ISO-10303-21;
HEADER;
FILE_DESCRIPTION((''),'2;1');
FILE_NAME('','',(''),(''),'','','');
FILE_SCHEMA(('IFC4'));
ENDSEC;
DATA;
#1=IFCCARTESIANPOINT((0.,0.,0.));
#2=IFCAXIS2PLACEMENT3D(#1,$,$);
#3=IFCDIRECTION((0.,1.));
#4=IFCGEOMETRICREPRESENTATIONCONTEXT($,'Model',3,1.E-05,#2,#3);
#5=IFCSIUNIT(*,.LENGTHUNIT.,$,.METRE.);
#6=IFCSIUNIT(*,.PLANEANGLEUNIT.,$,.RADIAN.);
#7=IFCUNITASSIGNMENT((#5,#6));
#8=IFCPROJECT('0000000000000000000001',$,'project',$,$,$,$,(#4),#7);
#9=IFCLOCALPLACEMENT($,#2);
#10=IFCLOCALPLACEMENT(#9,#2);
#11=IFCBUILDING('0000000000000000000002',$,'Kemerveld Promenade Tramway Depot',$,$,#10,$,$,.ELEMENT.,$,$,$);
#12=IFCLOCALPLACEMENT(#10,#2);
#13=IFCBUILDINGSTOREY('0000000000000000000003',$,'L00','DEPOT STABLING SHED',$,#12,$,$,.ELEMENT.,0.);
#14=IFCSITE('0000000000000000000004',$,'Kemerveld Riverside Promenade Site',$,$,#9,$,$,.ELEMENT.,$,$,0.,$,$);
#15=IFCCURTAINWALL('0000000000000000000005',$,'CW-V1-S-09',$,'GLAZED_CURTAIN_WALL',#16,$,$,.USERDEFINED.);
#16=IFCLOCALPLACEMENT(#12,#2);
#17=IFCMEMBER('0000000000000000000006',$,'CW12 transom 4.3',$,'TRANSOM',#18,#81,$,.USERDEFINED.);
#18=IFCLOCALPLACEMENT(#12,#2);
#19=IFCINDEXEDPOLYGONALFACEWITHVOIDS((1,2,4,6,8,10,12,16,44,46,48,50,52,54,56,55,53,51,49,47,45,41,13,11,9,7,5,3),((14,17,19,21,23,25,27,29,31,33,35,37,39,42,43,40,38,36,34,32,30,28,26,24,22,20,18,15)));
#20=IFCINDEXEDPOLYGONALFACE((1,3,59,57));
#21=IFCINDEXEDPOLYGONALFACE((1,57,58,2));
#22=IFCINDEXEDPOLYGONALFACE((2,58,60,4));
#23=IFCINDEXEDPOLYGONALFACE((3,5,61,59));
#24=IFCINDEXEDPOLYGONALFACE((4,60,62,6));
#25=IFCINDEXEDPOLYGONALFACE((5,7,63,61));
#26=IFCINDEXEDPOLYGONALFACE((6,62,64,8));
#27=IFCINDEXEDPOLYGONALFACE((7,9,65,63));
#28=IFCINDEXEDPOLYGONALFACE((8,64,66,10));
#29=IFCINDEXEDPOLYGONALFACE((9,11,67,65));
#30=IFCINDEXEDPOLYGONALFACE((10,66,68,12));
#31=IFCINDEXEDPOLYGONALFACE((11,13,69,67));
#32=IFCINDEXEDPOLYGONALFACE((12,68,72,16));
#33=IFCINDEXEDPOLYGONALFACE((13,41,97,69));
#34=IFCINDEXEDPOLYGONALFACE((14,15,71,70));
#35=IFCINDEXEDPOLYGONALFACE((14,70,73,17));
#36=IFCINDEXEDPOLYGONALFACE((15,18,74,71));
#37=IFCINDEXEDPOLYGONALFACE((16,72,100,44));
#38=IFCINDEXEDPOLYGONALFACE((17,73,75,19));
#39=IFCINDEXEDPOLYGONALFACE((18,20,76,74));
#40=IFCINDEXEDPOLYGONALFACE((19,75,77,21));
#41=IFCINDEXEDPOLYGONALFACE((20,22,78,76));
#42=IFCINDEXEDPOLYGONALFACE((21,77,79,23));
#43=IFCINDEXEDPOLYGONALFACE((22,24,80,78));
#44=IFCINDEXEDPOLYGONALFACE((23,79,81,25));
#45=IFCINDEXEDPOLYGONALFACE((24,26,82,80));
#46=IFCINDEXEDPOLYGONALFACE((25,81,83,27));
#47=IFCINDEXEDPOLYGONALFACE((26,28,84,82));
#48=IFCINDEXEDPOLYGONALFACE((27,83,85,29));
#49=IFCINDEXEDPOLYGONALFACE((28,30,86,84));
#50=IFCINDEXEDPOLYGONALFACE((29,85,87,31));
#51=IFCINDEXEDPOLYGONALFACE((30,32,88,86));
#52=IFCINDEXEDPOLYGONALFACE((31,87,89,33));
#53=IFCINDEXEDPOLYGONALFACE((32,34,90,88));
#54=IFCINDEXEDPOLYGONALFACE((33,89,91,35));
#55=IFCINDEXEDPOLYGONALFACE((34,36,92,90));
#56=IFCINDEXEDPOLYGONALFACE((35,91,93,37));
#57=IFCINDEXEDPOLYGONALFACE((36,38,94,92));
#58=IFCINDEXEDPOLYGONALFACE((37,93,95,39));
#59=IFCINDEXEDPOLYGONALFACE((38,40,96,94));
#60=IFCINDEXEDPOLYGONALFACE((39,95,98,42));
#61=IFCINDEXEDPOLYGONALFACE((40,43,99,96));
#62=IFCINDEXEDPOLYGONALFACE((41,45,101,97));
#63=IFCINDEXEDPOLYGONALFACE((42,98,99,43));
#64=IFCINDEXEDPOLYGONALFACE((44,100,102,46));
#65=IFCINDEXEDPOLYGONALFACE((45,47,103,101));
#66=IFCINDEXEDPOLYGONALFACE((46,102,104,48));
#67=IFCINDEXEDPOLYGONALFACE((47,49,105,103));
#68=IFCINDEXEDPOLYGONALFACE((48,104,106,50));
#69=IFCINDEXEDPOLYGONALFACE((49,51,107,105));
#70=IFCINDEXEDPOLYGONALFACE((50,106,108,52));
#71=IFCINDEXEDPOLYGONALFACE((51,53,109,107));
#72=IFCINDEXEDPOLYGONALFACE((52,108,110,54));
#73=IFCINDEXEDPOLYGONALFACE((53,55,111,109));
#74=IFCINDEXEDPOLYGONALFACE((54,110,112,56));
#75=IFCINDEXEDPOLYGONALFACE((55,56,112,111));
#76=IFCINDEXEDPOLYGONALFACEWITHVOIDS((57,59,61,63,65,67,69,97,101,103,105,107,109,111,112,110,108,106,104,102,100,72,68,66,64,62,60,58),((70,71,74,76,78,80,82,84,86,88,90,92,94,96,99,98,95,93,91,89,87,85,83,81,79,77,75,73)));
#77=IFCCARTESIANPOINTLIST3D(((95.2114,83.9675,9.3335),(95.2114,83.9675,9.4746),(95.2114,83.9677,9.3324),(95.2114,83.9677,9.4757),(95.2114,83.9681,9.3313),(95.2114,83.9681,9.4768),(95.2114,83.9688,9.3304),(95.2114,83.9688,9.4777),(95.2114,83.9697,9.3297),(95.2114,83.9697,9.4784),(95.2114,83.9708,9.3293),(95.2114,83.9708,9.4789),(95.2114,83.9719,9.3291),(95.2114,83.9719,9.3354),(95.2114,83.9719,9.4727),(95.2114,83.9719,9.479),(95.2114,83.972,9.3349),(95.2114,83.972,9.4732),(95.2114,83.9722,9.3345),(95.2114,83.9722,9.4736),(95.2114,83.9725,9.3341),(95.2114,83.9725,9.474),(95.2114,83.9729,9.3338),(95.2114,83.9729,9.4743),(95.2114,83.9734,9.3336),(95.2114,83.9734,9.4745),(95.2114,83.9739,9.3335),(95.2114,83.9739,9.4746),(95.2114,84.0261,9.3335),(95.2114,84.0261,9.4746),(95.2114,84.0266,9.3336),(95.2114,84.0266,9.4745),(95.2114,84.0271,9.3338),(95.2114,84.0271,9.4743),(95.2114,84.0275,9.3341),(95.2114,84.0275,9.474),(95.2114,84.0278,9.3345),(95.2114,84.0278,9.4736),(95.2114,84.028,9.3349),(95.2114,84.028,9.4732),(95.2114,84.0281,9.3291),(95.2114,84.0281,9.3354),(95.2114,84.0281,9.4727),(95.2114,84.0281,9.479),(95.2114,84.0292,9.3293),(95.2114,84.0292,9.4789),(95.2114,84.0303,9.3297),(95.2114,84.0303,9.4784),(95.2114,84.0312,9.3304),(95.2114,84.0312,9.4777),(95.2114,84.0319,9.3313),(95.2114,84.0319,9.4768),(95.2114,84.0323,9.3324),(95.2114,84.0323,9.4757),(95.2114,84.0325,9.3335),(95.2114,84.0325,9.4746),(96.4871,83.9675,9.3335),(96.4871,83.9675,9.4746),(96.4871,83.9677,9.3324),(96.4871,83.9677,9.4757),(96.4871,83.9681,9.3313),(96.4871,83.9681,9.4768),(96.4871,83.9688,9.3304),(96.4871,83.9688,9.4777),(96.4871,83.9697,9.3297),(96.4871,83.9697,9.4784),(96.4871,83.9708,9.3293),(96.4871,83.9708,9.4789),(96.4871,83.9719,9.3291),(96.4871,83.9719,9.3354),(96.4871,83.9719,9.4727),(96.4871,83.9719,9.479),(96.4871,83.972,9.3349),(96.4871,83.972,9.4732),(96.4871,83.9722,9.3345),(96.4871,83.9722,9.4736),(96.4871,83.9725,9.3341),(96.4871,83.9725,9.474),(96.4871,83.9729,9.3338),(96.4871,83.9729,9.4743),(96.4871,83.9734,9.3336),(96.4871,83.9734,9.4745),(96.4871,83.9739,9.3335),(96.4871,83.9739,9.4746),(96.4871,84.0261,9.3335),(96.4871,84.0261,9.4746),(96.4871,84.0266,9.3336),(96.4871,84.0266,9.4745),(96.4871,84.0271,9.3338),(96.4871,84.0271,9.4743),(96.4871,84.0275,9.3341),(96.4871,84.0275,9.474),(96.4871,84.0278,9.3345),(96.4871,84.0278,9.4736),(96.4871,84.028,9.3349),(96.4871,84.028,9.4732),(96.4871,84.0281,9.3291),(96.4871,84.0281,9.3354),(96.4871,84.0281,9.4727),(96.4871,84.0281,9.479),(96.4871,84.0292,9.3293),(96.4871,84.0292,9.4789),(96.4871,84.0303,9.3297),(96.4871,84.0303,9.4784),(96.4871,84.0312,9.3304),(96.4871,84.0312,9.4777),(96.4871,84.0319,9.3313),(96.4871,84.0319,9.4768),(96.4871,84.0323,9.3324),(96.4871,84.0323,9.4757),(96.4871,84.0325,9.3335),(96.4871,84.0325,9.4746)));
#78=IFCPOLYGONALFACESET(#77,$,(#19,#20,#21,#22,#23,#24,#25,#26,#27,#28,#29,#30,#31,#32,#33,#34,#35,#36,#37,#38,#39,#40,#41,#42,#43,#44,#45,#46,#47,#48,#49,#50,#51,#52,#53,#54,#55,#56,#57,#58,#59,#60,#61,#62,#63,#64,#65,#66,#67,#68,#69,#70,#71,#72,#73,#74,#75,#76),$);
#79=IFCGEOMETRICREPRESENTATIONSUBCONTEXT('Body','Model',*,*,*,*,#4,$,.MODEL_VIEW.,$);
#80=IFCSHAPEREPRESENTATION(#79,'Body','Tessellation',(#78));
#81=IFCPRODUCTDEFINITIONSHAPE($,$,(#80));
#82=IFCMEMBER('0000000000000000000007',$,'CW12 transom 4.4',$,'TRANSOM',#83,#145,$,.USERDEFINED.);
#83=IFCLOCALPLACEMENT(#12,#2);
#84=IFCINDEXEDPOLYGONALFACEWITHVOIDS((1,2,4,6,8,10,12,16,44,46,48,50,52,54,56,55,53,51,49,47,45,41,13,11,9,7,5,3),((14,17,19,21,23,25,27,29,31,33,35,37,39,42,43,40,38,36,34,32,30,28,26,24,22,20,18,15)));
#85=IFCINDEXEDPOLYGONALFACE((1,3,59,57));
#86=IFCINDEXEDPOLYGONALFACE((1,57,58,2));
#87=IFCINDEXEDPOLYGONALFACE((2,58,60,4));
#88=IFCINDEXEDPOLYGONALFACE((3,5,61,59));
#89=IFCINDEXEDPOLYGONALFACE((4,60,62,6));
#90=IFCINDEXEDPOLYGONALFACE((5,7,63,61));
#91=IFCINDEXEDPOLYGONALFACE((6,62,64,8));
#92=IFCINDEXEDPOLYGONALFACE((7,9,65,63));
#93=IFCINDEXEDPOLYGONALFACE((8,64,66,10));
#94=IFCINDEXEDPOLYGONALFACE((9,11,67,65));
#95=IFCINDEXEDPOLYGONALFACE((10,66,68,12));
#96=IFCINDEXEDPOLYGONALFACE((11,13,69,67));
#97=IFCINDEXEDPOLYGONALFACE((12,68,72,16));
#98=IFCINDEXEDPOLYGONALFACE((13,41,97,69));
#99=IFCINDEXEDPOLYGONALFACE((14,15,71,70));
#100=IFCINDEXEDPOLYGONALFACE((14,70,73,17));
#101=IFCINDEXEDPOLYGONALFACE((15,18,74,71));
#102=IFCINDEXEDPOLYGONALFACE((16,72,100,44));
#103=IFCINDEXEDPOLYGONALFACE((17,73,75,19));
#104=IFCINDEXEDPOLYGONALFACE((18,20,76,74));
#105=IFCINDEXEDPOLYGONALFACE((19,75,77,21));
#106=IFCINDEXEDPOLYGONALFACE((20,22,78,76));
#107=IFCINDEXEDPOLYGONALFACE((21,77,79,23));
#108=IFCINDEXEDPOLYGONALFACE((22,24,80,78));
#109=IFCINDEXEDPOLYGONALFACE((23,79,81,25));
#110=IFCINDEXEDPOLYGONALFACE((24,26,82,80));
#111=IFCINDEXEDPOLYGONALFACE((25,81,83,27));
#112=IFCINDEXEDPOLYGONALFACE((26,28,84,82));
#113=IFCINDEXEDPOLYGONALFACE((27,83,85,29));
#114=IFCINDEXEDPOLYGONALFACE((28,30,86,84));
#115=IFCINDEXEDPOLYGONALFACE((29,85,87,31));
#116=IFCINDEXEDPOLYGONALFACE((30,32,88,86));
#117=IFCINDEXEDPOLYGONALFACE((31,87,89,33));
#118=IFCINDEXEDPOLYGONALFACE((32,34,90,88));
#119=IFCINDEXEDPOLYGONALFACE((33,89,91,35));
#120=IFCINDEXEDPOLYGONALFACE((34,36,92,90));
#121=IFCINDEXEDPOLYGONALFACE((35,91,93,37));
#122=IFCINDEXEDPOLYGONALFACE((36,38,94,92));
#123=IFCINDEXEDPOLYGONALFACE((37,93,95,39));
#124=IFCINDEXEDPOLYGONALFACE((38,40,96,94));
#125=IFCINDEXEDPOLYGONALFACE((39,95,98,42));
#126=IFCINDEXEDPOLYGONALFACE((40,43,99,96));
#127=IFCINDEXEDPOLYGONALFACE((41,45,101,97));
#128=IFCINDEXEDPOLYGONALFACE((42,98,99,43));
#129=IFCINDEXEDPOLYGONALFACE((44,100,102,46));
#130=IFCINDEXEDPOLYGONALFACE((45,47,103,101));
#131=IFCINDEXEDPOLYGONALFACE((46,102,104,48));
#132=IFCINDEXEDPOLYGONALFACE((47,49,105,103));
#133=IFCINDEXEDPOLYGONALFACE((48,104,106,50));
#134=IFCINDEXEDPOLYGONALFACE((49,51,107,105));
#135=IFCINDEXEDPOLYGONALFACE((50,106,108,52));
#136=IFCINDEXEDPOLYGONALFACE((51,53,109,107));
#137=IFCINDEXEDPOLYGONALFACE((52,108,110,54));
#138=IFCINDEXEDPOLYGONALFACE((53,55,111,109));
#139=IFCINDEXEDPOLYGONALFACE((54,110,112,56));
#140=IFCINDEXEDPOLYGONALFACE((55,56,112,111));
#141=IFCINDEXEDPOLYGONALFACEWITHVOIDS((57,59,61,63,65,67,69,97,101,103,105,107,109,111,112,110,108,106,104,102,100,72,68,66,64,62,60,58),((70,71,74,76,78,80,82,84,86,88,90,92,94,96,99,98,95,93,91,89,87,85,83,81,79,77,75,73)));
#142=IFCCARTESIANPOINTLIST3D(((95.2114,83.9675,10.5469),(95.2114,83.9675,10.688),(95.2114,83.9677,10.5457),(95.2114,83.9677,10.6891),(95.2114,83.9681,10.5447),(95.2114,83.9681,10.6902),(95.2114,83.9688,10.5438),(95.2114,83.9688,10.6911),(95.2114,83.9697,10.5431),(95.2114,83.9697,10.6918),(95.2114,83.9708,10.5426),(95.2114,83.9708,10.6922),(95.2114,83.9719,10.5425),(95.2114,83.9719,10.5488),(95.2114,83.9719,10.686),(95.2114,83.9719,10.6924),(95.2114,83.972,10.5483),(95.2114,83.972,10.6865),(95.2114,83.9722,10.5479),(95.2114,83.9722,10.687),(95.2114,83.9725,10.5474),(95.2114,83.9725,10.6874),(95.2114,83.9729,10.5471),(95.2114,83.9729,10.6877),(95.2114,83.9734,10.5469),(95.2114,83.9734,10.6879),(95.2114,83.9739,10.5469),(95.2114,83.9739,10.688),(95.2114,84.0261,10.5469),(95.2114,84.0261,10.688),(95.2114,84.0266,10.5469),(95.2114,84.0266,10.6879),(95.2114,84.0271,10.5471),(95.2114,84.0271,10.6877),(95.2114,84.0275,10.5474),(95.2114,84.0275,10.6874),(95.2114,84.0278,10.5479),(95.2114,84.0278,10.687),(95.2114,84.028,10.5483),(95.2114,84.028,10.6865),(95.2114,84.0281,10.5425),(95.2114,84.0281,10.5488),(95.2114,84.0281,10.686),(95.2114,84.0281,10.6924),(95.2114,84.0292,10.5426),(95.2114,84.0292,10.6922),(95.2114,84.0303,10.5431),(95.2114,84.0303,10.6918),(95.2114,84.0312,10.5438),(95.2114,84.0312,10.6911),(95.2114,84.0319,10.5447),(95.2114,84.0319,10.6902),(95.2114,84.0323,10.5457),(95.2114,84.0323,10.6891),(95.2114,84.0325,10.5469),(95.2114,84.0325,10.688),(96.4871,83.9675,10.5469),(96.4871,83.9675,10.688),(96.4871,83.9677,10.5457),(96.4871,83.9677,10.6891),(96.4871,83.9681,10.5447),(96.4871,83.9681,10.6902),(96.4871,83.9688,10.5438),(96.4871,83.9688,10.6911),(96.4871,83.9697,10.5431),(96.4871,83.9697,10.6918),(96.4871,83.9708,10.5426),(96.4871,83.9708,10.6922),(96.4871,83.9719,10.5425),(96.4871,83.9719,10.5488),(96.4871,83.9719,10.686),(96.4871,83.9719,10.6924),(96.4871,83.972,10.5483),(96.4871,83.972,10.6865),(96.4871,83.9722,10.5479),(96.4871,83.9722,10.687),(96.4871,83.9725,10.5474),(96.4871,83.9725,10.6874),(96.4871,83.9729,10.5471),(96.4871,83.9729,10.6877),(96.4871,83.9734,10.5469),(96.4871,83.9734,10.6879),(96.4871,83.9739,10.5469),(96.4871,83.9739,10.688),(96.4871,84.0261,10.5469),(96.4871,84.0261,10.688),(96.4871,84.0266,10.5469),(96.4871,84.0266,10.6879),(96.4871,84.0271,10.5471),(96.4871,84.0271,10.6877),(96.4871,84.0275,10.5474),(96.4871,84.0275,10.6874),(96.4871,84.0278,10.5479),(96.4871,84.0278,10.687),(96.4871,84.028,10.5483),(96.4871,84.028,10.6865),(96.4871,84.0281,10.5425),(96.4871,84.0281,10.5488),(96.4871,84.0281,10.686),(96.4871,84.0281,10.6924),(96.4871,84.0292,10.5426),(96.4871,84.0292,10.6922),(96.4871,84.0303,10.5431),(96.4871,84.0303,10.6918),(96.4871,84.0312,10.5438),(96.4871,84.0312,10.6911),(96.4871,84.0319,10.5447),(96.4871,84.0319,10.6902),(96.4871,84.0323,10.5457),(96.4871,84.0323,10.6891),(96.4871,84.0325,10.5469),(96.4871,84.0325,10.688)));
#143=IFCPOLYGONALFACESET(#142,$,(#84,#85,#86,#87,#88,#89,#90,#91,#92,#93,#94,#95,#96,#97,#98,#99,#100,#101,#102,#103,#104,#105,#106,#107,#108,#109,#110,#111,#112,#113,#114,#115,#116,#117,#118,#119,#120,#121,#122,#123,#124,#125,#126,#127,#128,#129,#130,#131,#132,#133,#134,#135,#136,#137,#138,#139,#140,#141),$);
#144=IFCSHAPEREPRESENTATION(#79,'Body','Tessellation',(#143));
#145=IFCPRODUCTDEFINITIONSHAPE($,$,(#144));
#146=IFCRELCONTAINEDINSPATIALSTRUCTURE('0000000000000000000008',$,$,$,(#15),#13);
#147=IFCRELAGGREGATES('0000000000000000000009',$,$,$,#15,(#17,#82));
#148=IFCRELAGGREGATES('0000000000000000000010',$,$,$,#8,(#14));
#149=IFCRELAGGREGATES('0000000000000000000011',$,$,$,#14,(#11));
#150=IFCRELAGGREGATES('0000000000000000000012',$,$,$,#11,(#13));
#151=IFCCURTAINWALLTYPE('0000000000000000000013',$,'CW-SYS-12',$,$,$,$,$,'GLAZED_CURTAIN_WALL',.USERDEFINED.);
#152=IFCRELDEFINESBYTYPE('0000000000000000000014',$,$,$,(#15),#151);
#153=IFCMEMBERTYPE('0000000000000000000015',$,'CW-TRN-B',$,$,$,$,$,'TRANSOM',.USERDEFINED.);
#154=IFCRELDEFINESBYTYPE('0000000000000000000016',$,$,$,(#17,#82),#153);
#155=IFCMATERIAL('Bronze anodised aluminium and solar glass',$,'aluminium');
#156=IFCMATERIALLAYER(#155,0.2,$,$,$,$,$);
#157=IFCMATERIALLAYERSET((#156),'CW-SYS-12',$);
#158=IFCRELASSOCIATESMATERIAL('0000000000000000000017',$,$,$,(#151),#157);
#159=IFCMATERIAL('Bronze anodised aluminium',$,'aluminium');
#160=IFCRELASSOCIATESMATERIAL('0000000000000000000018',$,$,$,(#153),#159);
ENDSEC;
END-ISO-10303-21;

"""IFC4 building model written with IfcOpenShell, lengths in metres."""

from ifc_helpers import new_model, si_unit, direction, frame, origin, origin_2d, place, context, subcontext, project, spatial, hollow_rectangle, extrude, material, layer, layer_set, material_profile, profile_set, type_object, element, aggregate, save


model = new_model("IFC4")

# Units and contexts
model_context = context("Model", 3, precision=1e-05, world=origin(), true_north=direction((0.0, 1.0)))
body_context = subcontext(model_context, "Body", "Model", "MODEL_VIEW")
ifc_project = project(units=[si_unit("LENGTHUNIT", "METRE"), si_unit("PLANEANGLEUNIT", "RADIAN")], contexts=[model_context])

# Site, building, storey
site_placement = place(None, origin())
site = spatial("IfcSite", under=ifc_project, at=site_placement, Name="Kemerveld Riverside Promenade Site", CompositionType="ELEMENT", RefElevation=0.0)
building_placement = place(site_placement, origin())
building = spatial("IfcBuilding", under=site, at=building_placement, Name="Kemerveld Promenade Tramway Depot", CompositionType="ELEMENT")
storey_placement = place(building_placement, origin())
storey = spatial("IfcBuildingStorey", under=building, at=storey_placement, Name="L00", Description="DEPOT STABLING SHED", CompositionType="ELEMENT", Elevation=0.0)

# Curtain wall, members
ifc_material_1 = material(Name="Bronze anodised aluminium and solar glass", Category="aluminium")
ifc_layer_1 = layer(ifc_material_1, 0.2)
ifc_layer_set_1 = layer_set([ifc_layer_1], Name="CW-SYS-12")
curtain_wall_type = type_object("IfcCurtainWallType", Name="CW-SYS-12", ElementType="GLAZED_CURTAIN_WALL", PredefinedType="USERDEFINED", material=ifc_layer_set_1)
curtain_wall_placement = place(storey_placement, origin())
curtain_wall = element("IfcCurtainWall", 1, at=curtain_wall_placement, inside=storey, type_object=curtain_wall_type, Name="CW-V1-S-09", ObjectType="GLAZED_CURTAIN_WALL", PredefinedType="USERDEFINED")
ifc_material_2 = material(Name="Bronze anodised aluminium", Category="aluminium")
ifc_material_profile_1 = material_profile(ifc_material_2, hollow_rectangle(XDim=0.0649, YDim=0.1499, WallThickness=0.0044, InnerFilletRadius=0.002, OuterFilletRadius=0.0044, at=origin_2d()), Name="CW-TRN-150x65")
ifc_profile_set_1 = profile_set([ifc_material_profile_1], Name="Bronze anodised aluminium")
member_type_1 = type_object("IfcMemberType", Name="CW-TRN-B", ElementType="TRANSOM", PredefinedType="USERDEFINED", material=ifc_profile_set_1)
member_1_placement = place(storey_placement, frame((96.4871, 84.0, 9.4041), z_axis=(-1.0, 0.0, 0.0), x_axis=(0.0, -1.0, 0.0)))
member_1 = element("IfcMember", 2, at=member_1_placement, type_object=member_type_1, Name="CW12 transom 4.3", ObjectType="TRANSOM", PredefinedType="USERDEFINED", context=body_context, shape_type="SweptSolid", body=[
    extrude(hollow_rectangle(XDim=0.0649, YDim=0.1499, WallThickness=0.0044, InnerFilletRadius=0.002, OuterFilletRadius=0.0044, at=origin_2d()), origin(), (0.0, 0.0, 1.0), 1.2756),
])
member_2_placement = place(storey_placement, frame((96.4871, 84.0, 10.6174), z_axis=(-1.0, 0.0, 0.0), x_axis=(0.0, -1.0, 0.0)))
member_2 = element("IfcMember", 3, at=member_2_placement, type_object=member_type_1, Name="CW12 transom 4.4", ObjectType="TRANSOM", PredefinedType="USERDEFINED", context=body_context, shape_type="SweptSolid", body=[
    extrude(hollow_rectangle(XDim=0.0649, YDim=0.1499, WallThickness=0.0044, InnerFilletRadius=0.002, OuterFilletRadius=0.0044, at=origin_2d()), origin(), (0.0, 0.0, 1.0), 1.2756),
])
aggregate(curtain_wall, [member_1, member_2])

save(model, "model.ifc")
